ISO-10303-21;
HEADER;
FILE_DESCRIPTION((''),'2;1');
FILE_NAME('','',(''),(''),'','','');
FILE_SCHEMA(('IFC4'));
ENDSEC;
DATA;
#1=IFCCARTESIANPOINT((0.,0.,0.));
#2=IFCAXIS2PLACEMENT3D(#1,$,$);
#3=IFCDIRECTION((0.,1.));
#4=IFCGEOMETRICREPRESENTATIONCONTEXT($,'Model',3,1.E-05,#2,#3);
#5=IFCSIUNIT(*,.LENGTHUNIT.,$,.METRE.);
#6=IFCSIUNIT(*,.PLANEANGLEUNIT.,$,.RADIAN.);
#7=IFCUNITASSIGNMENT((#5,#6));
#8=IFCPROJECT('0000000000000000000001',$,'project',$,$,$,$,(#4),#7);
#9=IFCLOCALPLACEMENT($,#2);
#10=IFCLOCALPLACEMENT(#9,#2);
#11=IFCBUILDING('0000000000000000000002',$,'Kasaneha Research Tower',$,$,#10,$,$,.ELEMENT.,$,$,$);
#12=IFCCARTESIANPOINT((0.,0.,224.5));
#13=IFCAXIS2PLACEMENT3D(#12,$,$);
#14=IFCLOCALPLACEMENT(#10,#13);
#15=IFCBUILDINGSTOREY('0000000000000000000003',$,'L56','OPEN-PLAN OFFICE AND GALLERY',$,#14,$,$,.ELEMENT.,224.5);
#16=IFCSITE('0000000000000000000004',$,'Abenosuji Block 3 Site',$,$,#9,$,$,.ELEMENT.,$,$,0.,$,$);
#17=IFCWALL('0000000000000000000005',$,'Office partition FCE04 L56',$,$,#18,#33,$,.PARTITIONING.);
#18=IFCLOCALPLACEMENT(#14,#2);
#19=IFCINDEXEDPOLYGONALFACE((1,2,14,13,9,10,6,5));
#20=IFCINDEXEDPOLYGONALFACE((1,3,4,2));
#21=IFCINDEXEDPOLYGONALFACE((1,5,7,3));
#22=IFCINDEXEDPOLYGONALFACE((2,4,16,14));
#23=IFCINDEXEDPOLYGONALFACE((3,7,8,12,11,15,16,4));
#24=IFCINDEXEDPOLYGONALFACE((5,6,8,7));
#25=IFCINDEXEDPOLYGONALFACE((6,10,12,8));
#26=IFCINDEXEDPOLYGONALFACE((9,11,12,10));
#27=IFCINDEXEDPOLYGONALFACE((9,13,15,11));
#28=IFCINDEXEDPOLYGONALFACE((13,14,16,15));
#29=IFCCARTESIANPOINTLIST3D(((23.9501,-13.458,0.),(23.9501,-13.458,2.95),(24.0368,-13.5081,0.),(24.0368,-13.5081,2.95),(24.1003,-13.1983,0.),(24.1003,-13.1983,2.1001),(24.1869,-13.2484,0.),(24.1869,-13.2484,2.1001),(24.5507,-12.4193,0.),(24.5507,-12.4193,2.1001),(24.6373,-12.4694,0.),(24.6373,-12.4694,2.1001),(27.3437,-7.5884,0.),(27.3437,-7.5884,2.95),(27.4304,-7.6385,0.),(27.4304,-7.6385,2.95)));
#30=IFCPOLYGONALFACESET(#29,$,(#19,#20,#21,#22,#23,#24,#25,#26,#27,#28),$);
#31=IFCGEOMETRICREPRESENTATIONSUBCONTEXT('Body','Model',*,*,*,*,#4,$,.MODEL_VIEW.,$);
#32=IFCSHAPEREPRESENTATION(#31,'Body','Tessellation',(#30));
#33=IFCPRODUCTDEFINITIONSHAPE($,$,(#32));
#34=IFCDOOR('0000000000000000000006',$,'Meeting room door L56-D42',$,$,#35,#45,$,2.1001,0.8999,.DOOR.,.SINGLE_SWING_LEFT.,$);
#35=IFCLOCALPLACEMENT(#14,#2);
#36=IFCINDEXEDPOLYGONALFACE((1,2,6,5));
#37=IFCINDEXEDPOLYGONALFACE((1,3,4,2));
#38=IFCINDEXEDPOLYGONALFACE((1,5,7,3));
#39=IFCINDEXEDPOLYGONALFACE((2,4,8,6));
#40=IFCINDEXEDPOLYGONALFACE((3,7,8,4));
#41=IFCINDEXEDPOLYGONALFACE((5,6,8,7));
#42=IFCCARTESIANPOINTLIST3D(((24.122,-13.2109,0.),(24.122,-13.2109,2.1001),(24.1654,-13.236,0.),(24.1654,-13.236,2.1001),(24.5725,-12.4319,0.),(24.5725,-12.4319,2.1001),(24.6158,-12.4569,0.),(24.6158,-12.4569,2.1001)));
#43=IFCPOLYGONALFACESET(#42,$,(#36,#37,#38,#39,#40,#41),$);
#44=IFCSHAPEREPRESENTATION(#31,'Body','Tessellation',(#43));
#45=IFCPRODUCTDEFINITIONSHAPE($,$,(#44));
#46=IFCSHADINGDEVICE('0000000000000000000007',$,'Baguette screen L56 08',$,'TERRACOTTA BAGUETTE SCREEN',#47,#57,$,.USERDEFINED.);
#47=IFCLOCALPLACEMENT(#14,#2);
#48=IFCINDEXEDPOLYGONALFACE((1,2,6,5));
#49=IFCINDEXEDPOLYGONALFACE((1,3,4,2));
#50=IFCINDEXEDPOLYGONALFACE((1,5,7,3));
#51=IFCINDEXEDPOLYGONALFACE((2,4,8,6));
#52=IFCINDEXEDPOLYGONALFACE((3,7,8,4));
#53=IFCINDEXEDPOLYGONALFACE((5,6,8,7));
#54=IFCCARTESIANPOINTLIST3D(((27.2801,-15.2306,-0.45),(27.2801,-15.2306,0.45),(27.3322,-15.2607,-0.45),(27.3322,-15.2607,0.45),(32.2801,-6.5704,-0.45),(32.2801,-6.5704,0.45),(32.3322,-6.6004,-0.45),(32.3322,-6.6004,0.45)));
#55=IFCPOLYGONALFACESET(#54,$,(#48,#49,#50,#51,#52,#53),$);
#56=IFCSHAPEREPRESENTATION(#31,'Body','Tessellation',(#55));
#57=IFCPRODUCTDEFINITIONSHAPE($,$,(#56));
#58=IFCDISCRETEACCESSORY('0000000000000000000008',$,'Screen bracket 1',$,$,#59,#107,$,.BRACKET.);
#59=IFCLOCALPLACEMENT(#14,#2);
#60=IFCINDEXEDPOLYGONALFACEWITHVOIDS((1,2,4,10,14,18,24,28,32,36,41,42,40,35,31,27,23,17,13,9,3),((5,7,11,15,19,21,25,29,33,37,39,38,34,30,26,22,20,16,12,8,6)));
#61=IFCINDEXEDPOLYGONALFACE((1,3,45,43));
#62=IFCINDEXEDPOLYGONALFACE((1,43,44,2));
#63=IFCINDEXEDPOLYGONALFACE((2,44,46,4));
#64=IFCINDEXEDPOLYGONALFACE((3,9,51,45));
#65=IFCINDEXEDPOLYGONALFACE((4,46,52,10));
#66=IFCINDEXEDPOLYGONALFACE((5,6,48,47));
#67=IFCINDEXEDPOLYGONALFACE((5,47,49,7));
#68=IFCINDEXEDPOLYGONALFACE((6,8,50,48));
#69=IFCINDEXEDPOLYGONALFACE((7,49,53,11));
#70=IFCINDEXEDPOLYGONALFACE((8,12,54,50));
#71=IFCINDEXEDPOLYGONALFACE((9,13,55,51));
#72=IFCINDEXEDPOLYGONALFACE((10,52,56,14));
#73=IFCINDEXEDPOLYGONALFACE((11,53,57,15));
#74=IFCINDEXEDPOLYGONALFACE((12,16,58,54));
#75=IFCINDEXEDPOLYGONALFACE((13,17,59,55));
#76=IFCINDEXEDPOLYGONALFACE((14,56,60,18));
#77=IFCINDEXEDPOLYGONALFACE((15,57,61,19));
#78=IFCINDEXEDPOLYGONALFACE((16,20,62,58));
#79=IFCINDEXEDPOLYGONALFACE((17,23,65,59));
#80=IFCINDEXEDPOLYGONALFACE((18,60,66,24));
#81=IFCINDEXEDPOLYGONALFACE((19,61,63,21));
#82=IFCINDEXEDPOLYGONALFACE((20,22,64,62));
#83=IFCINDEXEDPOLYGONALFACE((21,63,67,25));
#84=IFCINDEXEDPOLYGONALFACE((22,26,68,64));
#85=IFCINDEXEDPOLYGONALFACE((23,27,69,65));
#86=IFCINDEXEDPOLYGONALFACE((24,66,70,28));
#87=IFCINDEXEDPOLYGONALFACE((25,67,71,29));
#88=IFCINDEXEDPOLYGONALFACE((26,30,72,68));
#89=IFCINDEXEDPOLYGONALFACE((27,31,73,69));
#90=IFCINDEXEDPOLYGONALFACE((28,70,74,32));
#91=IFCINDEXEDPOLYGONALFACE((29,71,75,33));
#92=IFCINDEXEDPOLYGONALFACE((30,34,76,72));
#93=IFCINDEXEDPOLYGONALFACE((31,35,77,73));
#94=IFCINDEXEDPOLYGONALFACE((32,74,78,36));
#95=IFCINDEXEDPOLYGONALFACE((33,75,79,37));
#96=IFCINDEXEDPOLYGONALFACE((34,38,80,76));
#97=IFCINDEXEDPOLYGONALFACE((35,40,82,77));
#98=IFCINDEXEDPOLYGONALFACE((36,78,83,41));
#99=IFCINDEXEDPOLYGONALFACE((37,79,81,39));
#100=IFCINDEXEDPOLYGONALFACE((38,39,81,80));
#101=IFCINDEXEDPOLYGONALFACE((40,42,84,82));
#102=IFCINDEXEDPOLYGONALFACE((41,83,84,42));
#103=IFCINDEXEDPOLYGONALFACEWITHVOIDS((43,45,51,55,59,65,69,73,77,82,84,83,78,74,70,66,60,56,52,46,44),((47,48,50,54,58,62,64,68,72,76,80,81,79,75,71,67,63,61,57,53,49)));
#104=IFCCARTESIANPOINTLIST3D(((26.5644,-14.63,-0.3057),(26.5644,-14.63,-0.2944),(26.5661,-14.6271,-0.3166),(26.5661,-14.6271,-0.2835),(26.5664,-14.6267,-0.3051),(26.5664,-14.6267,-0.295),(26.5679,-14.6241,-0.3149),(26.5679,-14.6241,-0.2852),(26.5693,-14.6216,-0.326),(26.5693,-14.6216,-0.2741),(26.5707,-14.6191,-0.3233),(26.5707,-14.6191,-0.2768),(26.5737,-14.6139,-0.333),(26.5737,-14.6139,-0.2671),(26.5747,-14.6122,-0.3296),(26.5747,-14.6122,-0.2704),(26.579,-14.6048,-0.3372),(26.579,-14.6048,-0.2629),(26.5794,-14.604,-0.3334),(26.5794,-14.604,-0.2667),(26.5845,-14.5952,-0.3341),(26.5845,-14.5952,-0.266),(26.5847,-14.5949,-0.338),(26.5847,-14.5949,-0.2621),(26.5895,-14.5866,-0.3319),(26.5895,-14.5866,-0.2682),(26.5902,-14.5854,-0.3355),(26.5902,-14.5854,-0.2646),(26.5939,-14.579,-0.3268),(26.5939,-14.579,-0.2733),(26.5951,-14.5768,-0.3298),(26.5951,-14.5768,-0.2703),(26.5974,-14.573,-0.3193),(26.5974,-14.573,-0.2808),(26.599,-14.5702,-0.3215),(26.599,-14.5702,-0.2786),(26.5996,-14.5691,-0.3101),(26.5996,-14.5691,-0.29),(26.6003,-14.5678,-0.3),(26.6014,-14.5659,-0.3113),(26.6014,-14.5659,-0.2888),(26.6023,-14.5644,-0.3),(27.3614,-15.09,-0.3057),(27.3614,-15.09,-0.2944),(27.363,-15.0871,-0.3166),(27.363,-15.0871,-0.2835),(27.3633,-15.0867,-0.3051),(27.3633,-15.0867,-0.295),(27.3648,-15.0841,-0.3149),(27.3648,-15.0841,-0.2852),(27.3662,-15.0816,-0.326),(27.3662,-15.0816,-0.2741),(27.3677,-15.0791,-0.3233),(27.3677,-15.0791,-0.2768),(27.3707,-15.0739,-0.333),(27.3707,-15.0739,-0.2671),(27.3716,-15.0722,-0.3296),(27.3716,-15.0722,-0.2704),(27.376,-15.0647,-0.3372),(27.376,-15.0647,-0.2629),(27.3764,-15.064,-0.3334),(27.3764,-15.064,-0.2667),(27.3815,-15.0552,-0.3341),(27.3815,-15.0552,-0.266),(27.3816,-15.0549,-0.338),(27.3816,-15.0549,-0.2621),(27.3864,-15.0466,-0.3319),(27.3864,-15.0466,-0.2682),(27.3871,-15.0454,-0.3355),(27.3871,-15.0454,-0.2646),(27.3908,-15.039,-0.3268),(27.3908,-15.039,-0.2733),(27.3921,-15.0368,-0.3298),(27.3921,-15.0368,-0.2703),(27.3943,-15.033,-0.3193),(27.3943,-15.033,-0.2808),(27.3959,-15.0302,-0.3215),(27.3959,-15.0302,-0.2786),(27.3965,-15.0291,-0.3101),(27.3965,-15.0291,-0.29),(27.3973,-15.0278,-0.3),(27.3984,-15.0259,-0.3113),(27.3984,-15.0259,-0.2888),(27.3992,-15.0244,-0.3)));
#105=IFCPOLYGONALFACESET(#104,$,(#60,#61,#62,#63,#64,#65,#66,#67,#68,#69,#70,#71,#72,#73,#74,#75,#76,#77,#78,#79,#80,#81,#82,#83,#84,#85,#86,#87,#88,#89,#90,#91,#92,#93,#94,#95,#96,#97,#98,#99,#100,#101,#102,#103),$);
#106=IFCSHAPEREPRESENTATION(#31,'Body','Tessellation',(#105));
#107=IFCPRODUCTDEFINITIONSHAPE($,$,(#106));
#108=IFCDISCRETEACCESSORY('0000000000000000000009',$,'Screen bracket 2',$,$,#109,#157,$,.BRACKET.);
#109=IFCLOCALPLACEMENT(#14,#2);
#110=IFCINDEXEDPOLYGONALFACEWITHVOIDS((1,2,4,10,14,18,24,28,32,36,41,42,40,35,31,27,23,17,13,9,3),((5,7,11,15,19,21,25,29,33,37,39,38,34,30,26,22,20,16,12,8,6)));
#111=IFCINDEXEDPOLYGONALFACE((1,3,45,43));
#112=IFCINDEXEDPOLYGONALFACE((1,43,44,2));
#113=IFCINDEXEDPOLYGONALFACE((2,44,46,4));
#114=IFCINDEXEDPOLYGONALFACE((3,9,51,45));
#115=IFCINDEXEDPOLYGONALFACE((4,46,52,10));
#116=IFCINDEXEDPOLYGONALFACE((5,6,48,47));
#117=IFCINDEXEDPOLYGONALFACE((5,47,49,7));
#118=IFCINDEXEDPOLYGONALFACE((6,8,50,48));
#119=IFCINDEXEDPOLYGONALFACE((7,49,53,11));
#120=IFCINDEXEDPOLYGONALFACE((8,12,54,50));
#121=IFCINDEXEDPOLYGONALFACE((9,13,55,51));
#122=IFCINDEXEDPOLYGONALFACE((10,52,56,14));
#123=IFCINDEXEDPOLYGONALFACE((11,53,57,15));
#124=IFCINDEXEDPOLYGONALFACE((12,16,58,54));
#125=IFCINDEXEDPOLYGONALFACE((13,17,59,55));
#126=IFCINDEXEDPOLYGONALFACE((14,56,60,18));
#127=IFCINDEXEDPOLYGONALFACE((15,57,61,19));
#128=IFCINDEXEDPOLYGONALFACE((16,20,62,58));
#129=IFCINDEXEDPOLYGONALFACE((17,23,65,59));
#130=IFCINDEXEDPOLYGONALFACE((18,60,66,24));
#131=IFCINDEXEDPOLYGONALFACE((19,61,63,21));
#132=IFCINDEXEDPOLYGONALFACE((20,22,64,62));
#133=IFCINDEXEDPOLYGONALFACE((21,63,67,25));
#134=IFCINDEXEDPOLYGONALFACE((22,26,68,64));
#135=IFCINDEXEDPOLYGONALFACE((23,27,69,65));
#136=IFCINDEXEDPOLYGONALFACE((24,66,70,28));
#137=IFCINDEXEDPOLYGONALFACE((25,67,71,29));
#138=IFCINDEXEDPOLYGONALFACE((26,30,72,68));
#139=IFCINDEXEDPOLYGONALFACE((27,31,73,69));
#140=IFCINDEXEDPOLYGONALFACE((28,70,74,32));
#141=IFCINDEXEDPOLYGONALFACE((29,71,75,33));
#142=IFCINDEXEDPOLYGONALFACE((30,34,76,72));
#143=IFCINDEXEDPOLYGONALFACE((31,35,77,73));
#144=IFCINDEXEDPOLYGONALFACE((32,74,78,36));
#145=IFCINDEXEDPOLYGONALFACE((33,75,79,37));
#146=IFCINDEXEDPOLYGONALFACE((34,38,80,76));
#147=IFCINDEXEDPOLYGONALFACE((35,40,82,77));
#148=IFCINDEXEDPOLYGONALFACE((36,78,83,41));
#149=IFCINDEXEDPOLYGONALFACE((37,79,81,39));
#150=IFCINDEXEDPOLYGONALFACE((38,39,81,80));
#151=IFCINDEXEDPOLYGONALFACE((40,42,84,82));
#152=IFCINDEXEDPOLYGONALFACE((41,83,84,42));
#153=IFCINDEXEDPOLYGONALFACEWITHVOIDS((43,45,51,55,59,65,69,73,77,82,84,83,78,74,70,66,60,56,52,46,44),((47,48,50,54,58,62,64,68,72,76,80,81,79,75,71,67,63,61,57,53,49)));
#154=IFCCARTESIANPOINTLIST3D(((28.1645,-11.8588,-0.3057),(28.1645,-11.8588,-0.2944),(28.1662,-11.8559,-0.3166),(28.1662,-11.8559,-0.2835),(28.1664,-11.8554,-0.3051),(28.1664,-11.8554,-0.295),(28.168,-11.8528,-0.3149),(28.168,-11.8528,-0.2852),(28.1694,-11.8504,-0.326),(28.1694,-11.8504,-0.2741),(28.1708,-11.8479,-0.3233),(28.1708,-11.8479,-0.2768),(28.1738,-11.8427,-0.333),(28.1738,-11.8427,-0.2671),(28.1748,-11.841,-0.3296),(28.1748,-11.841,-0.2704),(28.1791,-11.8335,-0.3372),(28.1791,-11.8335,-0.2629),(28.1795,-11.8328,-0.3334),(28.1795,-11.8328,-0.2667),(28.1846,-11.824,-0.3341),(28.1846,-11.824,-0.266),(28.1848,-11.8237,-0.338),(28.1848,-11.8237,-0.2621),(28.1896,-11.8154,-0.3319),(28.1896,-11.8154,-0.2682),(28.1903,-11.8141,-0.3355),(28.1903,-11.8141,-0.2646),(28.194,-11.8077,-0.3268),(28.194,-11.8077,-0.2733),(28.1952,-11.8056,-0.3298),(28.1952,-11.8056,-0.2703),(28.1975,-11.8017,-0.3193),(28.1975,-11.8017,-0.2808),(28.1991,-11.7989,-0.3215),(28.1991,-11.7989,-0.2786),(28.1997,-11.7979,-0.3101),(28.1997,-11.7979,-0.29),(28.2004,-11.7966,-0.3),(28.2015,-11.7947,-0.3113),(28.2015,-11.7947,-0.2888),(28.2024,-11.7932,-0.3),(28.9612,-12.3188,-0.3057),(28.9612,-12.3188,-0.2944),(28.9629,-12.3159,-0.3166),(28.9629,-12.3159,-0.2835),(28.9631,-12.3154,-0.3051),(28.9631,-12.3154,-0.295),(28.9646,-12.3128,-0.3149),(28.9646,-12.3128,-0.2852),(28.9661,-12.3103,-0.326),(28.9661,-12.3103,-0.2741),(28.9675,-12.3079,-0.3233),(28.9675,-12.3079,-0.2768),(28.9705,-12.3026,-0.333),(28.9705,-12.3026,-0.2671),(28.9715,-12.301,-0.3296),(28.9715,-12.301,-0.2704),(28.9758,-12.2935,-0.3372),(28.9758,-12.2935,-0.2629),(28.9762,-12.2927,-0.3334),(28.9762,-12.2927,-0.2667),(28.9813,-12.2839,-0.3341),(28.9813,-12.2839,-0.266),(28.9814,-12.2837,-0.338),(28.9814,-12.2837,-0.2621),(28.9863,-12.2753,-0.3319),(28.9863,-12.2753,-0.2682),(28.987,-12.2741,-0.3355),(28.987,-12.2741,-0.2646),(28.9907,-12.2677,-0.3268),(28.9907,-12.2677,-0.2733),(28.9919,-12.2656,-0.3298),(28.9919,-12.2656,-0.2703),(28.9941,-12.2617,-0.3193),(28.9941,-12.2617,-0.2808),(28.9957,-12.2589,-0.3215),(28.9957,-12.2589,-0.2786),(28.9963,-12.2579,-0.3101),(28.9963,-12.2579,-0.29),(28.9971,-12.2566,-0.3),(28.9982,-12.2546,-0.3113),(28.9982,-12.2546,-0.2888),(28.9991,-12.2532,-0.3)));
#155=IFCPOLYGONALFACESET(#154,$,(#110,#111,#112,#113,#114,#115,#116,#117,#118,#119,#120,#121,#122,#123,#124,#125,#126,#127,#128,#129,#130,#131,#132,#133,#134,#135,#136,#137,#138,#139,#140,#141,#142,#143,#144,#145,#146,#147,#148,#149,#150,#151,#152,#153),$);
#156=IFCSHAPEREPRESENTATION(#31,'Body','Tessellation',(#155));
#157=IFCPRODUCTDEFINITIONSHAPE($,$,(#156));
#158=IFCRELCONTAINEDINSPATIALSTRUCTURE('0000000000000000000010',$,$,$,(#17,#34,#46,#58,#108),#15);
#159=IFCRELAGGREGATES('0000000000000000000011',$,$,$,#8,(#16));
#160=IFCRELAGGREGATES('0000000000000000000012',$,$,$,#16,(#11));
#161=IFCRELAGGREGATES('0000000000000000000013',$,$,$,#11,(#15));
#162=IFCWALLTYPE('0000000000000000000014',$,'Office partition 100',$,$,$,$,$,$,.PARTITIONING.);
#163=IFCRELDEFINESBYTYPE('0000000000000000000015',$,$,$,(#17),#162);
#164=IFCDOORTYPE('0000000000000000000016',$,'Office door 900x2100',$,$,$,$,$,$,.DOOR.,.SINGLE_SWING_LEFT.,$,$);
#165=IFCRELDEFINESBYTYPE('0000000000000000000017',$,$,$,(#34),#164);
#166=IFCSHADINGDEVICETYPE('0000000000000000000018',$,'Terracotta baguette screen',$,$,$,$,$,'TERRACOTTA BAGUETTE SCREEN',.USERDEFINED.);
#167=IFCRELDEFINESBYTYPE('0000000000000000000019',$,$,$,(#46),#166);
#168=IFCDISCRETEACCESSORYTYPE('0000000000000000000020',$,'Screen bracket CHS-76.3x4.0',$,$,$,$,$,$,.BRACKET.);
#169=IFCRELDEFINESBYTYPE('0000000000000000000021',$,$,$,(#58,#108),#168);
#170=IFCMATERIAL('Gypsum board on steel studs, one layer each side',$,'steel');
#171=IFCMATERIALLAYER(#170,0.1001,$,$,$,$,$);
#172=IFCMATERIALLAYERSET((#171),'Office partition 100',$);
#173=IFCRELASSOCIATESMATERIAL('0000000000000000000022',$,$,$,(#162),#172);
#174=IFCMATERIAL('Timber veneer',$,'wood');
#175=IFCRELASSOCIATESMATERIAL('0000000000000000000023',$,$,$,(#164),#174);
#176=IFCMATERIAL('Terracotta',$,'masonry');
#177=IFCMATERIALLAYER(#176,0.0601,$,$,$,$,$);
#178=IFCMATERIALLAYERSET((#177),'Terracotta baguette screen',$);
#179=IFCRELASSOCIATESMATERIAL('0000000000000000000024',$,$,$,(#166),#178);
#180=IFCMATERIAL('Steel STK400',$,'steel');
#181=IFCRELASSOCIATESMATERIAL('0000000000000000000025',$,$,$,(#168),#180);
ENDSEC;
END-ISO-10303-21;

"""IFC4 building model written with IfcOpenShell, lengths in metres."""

from ifc_helpers import new_model, si_unit, direction, frame, frame_2d, origin, origin_2d, place, context, subcontext, project, spatial, rectangle, hollow_circle, extrude, material, layer, layer_set, material_profile, profile_set, type_object, element, fill, save


model = new_model("IFC4")

# Units and contexts
model_context = context("Model", 3, precision=1e-05, world=origin(), true_north=direction((0.0, 1.0)))
body_context = subcontext(model_context, "Body", "Model", "MODEL_VIEW")
ifc_project = project(units=[si_unit("LENGTHUNIT", "METRE"), si_unit("PLANEANGLEUNIT", "RADIAN")], contexts=[model_context])

# Site, building, storey
site_placement = place(None, origin())
site = spatial("IfcSite", under=ifc_project, at=site_placement, Name="Abenosuji Block 3 Site", CompositionType="ELEMENT", RefElevation=0.0)
building_placement = place(site_placement, origin())
building = spatial("IfcBuilding", under=site, at=building_placement, Name="Kasaneha Research Tower", CompositionType="ELEMENT")
storey_placement = place(building_placement, frame((0.0, 0.0, 224.5)))
storey = spatial("IfcBuildingStorey", under=building, at=storey_placement, Name="L56", Description="OPEN-PLAN OFFICE AND GALLERY", CompositionType="ELEMENT", Elevation=224.5)

# Shared definitions
ifc_material_1 = material(Name="Gypsum board on steel studs, one layer each side", Category="steel")
ifc_layer_1 = layer(ifc_material_1, 0.1001)
ifc_layer_set_1 = layer_set([ifc_layer_1], Name="Office partition 100")
wall_type = type_object("IfcWallType", Name="Office partition 100", PredefinedType="PARTITIONING", material=ifc_layer_set_1)

# Wall, opening, door
ifc_material_2 = material(Name="Timber veneer", Category="wood")
door_type = type_object("IfcDoorType", Name="Office door 900x2100", OperationType="SINGLE_SWING_LEFT", PredefinedType="DOOR", material=ifc_material_2)
wall_1_placement = place(storey_placement, frame((23.9934, -13.4832, 0.0), z_axis=(0.0, 0.0, 1.0), x_axis=(0.500522, 0.865724, 0.0)))
wall_1 = element("IfcWall", 1, at=wall_1_placement, inside=storey, type_object=wall_type, Name="Office partition FCE04 L56", PredefinedType="PARTITIONING", context=body_context, shape_type="SweptSolid", body=[
    extrude(rectangle(XDim=6.78, YDim=0.1001, at=frame_2d((3.3901, 0.0))), origin(), (0.0, 0.0, 1.0), 2.95),
])
opening_1_placement = place(wall_1_placement, frame((0.3, 0.0, 0.0)))
opening_1 = element("IfcOpeningElement", 2, at=opening_1_placement, cuts=wall_1, PredefinedType="OPENING", context=body_context, shape_type="SweptSolid", body=[
    extrude(rectangle(XDim=0.8999, YDim=2.1001, at=frame_2d((0.45, 1.05))), frame((0.0, 0.0601, 0.0), z_axis=(0.0, -1.0, 0.0), x_axis=(1.0, 0.0, 0.0)), (0.0, 0.0, 1.0), 0.1201),
])
door_1_placement = place(opening_1_placement, origin())
door_1 = element("IfcDoor", 3, at=door_1_placement, inside=storey, type_object=door_type, Name="Meeting room door L56-D42", OperationType="SINGLE_SWING_LEFT", OverallHeight=2.1001, OverallWidth=0.8999, PredefinedType="DOOR", context=body_context, shape_type="SweptSolid", body=[
    extrude(rectangle(XDim=0.8999, YDim=2.1001, at=frame_2d((0.45, 1.05))), frame((0.0, 0.0249, 0.0), z_axis=(0.0, -1.0, 0.0), x_axis=(1.0, 0.0, 0.0)), (0.0, 0.0, 1.0), 0.05),
])
fill(opening_1, door_1)

# Shading device
ifc_material_3 = material(Name="Terracotta", Category="masonry")
ifc_layer_2 = layer(ifc_material_3, 0.0601)
ifc_layer_set_2 = layer_set([ifc_layer_2], Name="Terracotta baguette screen")
shading_device_type = type_object("IfcShadingDeviceType", Name="Terracotta baguette screen", ElementType="TERRACOTTA BAGUETTE SCREEN", PredefinedType="USERDEFINED", material=ifc_layer_set_2)
shading_device_placement = place(storey_placement, frame((29.8062, -10.9155, -0.45), z_axis=(0.0, 0.0, 1.0), x_axis=(0.5, 0.866025, 0.0)))
element("IfcShadingDevice", 4, at=shading_device_placement, inside=storey, type_object=shading_device_type, Name="Baguette screen L56 08", ObjectType="TERRACOTTA BAGUETTE SCREEN", PredefinedType="USERDEFINED", context=body_context, shape_type="SweptSolid", body=[
    extrude(rectangle(XDim=10.0, YDim=0.0601, at=origin_2d()), origin(), (0.0, 0.0, 1.0), 0.8999),
])

# Discrete accessories
ifc_material_4 = material(Name="Steel STK400", Category="steel")
ifc_material_profile_1 = material_profile(ifc_material_4, hollow_circle(Radius=0.0381, WallThickness=0.0039, at=origin_2d()), Name="CHS-76.3x4.0")
ifc_profile_set_1 = profile_set([ifc_material_profile_1], Name="Steel STK400")
discrete_accessory_type = type_object("IfcDiscreteAccessoryType", Name="Screen bracket CHS-76.3x4.0", PredefinedType="BRACKET", material=ifc_profile_set_1)
discrete_accessory_1_placement = place(storey_placement, frame((26.5833, -14.5974, -0.3), z_axis=(0.86608, -0.499906, 0.0), x_axis=(0.499906, 0.86608, 0.0)))
element("IfcDiscreteAccessory", 5, at=discrete_accessory_1_placement, inside=storey, type_object=discrete_accessory_type, Name="Screen bracket 1", PredefinedType="BRACKET", context=body_context, shape_type="SweptSolid", body=[
    extrude(hollow_circle(Radius=0.0381, WallThickness=0.0039, at=origin_2d()), origin(), (0.0, 0.0, 1.0), 0.9202),
])
for number, where, z_axis, x_axis, name in (
    (6, (28.1833, -11.8262, -0.3), (0.866013, -0.500021, 0.0), (0.500021, 0.866013, 0.0), "Screen bracket 2"),
):
    element("IfcDiscreteAccessory", number, at=place(storey_placement, frame(where, z_axis=z_axis, x_axis=x_axis)), inside=storey, type_object=discrete_accessory_type, Name=name, PredefinedType="BRACKET", context=body_context, shape_type="SweptSolid", body=[
        extrude(hollow_circle(Radius=0.0381, WallThickness=0.0039, at=origin_2d()), origin(), (0.0, 0.0, 1.0), 0.9199),
    ])

save(model, "model.ifc")
